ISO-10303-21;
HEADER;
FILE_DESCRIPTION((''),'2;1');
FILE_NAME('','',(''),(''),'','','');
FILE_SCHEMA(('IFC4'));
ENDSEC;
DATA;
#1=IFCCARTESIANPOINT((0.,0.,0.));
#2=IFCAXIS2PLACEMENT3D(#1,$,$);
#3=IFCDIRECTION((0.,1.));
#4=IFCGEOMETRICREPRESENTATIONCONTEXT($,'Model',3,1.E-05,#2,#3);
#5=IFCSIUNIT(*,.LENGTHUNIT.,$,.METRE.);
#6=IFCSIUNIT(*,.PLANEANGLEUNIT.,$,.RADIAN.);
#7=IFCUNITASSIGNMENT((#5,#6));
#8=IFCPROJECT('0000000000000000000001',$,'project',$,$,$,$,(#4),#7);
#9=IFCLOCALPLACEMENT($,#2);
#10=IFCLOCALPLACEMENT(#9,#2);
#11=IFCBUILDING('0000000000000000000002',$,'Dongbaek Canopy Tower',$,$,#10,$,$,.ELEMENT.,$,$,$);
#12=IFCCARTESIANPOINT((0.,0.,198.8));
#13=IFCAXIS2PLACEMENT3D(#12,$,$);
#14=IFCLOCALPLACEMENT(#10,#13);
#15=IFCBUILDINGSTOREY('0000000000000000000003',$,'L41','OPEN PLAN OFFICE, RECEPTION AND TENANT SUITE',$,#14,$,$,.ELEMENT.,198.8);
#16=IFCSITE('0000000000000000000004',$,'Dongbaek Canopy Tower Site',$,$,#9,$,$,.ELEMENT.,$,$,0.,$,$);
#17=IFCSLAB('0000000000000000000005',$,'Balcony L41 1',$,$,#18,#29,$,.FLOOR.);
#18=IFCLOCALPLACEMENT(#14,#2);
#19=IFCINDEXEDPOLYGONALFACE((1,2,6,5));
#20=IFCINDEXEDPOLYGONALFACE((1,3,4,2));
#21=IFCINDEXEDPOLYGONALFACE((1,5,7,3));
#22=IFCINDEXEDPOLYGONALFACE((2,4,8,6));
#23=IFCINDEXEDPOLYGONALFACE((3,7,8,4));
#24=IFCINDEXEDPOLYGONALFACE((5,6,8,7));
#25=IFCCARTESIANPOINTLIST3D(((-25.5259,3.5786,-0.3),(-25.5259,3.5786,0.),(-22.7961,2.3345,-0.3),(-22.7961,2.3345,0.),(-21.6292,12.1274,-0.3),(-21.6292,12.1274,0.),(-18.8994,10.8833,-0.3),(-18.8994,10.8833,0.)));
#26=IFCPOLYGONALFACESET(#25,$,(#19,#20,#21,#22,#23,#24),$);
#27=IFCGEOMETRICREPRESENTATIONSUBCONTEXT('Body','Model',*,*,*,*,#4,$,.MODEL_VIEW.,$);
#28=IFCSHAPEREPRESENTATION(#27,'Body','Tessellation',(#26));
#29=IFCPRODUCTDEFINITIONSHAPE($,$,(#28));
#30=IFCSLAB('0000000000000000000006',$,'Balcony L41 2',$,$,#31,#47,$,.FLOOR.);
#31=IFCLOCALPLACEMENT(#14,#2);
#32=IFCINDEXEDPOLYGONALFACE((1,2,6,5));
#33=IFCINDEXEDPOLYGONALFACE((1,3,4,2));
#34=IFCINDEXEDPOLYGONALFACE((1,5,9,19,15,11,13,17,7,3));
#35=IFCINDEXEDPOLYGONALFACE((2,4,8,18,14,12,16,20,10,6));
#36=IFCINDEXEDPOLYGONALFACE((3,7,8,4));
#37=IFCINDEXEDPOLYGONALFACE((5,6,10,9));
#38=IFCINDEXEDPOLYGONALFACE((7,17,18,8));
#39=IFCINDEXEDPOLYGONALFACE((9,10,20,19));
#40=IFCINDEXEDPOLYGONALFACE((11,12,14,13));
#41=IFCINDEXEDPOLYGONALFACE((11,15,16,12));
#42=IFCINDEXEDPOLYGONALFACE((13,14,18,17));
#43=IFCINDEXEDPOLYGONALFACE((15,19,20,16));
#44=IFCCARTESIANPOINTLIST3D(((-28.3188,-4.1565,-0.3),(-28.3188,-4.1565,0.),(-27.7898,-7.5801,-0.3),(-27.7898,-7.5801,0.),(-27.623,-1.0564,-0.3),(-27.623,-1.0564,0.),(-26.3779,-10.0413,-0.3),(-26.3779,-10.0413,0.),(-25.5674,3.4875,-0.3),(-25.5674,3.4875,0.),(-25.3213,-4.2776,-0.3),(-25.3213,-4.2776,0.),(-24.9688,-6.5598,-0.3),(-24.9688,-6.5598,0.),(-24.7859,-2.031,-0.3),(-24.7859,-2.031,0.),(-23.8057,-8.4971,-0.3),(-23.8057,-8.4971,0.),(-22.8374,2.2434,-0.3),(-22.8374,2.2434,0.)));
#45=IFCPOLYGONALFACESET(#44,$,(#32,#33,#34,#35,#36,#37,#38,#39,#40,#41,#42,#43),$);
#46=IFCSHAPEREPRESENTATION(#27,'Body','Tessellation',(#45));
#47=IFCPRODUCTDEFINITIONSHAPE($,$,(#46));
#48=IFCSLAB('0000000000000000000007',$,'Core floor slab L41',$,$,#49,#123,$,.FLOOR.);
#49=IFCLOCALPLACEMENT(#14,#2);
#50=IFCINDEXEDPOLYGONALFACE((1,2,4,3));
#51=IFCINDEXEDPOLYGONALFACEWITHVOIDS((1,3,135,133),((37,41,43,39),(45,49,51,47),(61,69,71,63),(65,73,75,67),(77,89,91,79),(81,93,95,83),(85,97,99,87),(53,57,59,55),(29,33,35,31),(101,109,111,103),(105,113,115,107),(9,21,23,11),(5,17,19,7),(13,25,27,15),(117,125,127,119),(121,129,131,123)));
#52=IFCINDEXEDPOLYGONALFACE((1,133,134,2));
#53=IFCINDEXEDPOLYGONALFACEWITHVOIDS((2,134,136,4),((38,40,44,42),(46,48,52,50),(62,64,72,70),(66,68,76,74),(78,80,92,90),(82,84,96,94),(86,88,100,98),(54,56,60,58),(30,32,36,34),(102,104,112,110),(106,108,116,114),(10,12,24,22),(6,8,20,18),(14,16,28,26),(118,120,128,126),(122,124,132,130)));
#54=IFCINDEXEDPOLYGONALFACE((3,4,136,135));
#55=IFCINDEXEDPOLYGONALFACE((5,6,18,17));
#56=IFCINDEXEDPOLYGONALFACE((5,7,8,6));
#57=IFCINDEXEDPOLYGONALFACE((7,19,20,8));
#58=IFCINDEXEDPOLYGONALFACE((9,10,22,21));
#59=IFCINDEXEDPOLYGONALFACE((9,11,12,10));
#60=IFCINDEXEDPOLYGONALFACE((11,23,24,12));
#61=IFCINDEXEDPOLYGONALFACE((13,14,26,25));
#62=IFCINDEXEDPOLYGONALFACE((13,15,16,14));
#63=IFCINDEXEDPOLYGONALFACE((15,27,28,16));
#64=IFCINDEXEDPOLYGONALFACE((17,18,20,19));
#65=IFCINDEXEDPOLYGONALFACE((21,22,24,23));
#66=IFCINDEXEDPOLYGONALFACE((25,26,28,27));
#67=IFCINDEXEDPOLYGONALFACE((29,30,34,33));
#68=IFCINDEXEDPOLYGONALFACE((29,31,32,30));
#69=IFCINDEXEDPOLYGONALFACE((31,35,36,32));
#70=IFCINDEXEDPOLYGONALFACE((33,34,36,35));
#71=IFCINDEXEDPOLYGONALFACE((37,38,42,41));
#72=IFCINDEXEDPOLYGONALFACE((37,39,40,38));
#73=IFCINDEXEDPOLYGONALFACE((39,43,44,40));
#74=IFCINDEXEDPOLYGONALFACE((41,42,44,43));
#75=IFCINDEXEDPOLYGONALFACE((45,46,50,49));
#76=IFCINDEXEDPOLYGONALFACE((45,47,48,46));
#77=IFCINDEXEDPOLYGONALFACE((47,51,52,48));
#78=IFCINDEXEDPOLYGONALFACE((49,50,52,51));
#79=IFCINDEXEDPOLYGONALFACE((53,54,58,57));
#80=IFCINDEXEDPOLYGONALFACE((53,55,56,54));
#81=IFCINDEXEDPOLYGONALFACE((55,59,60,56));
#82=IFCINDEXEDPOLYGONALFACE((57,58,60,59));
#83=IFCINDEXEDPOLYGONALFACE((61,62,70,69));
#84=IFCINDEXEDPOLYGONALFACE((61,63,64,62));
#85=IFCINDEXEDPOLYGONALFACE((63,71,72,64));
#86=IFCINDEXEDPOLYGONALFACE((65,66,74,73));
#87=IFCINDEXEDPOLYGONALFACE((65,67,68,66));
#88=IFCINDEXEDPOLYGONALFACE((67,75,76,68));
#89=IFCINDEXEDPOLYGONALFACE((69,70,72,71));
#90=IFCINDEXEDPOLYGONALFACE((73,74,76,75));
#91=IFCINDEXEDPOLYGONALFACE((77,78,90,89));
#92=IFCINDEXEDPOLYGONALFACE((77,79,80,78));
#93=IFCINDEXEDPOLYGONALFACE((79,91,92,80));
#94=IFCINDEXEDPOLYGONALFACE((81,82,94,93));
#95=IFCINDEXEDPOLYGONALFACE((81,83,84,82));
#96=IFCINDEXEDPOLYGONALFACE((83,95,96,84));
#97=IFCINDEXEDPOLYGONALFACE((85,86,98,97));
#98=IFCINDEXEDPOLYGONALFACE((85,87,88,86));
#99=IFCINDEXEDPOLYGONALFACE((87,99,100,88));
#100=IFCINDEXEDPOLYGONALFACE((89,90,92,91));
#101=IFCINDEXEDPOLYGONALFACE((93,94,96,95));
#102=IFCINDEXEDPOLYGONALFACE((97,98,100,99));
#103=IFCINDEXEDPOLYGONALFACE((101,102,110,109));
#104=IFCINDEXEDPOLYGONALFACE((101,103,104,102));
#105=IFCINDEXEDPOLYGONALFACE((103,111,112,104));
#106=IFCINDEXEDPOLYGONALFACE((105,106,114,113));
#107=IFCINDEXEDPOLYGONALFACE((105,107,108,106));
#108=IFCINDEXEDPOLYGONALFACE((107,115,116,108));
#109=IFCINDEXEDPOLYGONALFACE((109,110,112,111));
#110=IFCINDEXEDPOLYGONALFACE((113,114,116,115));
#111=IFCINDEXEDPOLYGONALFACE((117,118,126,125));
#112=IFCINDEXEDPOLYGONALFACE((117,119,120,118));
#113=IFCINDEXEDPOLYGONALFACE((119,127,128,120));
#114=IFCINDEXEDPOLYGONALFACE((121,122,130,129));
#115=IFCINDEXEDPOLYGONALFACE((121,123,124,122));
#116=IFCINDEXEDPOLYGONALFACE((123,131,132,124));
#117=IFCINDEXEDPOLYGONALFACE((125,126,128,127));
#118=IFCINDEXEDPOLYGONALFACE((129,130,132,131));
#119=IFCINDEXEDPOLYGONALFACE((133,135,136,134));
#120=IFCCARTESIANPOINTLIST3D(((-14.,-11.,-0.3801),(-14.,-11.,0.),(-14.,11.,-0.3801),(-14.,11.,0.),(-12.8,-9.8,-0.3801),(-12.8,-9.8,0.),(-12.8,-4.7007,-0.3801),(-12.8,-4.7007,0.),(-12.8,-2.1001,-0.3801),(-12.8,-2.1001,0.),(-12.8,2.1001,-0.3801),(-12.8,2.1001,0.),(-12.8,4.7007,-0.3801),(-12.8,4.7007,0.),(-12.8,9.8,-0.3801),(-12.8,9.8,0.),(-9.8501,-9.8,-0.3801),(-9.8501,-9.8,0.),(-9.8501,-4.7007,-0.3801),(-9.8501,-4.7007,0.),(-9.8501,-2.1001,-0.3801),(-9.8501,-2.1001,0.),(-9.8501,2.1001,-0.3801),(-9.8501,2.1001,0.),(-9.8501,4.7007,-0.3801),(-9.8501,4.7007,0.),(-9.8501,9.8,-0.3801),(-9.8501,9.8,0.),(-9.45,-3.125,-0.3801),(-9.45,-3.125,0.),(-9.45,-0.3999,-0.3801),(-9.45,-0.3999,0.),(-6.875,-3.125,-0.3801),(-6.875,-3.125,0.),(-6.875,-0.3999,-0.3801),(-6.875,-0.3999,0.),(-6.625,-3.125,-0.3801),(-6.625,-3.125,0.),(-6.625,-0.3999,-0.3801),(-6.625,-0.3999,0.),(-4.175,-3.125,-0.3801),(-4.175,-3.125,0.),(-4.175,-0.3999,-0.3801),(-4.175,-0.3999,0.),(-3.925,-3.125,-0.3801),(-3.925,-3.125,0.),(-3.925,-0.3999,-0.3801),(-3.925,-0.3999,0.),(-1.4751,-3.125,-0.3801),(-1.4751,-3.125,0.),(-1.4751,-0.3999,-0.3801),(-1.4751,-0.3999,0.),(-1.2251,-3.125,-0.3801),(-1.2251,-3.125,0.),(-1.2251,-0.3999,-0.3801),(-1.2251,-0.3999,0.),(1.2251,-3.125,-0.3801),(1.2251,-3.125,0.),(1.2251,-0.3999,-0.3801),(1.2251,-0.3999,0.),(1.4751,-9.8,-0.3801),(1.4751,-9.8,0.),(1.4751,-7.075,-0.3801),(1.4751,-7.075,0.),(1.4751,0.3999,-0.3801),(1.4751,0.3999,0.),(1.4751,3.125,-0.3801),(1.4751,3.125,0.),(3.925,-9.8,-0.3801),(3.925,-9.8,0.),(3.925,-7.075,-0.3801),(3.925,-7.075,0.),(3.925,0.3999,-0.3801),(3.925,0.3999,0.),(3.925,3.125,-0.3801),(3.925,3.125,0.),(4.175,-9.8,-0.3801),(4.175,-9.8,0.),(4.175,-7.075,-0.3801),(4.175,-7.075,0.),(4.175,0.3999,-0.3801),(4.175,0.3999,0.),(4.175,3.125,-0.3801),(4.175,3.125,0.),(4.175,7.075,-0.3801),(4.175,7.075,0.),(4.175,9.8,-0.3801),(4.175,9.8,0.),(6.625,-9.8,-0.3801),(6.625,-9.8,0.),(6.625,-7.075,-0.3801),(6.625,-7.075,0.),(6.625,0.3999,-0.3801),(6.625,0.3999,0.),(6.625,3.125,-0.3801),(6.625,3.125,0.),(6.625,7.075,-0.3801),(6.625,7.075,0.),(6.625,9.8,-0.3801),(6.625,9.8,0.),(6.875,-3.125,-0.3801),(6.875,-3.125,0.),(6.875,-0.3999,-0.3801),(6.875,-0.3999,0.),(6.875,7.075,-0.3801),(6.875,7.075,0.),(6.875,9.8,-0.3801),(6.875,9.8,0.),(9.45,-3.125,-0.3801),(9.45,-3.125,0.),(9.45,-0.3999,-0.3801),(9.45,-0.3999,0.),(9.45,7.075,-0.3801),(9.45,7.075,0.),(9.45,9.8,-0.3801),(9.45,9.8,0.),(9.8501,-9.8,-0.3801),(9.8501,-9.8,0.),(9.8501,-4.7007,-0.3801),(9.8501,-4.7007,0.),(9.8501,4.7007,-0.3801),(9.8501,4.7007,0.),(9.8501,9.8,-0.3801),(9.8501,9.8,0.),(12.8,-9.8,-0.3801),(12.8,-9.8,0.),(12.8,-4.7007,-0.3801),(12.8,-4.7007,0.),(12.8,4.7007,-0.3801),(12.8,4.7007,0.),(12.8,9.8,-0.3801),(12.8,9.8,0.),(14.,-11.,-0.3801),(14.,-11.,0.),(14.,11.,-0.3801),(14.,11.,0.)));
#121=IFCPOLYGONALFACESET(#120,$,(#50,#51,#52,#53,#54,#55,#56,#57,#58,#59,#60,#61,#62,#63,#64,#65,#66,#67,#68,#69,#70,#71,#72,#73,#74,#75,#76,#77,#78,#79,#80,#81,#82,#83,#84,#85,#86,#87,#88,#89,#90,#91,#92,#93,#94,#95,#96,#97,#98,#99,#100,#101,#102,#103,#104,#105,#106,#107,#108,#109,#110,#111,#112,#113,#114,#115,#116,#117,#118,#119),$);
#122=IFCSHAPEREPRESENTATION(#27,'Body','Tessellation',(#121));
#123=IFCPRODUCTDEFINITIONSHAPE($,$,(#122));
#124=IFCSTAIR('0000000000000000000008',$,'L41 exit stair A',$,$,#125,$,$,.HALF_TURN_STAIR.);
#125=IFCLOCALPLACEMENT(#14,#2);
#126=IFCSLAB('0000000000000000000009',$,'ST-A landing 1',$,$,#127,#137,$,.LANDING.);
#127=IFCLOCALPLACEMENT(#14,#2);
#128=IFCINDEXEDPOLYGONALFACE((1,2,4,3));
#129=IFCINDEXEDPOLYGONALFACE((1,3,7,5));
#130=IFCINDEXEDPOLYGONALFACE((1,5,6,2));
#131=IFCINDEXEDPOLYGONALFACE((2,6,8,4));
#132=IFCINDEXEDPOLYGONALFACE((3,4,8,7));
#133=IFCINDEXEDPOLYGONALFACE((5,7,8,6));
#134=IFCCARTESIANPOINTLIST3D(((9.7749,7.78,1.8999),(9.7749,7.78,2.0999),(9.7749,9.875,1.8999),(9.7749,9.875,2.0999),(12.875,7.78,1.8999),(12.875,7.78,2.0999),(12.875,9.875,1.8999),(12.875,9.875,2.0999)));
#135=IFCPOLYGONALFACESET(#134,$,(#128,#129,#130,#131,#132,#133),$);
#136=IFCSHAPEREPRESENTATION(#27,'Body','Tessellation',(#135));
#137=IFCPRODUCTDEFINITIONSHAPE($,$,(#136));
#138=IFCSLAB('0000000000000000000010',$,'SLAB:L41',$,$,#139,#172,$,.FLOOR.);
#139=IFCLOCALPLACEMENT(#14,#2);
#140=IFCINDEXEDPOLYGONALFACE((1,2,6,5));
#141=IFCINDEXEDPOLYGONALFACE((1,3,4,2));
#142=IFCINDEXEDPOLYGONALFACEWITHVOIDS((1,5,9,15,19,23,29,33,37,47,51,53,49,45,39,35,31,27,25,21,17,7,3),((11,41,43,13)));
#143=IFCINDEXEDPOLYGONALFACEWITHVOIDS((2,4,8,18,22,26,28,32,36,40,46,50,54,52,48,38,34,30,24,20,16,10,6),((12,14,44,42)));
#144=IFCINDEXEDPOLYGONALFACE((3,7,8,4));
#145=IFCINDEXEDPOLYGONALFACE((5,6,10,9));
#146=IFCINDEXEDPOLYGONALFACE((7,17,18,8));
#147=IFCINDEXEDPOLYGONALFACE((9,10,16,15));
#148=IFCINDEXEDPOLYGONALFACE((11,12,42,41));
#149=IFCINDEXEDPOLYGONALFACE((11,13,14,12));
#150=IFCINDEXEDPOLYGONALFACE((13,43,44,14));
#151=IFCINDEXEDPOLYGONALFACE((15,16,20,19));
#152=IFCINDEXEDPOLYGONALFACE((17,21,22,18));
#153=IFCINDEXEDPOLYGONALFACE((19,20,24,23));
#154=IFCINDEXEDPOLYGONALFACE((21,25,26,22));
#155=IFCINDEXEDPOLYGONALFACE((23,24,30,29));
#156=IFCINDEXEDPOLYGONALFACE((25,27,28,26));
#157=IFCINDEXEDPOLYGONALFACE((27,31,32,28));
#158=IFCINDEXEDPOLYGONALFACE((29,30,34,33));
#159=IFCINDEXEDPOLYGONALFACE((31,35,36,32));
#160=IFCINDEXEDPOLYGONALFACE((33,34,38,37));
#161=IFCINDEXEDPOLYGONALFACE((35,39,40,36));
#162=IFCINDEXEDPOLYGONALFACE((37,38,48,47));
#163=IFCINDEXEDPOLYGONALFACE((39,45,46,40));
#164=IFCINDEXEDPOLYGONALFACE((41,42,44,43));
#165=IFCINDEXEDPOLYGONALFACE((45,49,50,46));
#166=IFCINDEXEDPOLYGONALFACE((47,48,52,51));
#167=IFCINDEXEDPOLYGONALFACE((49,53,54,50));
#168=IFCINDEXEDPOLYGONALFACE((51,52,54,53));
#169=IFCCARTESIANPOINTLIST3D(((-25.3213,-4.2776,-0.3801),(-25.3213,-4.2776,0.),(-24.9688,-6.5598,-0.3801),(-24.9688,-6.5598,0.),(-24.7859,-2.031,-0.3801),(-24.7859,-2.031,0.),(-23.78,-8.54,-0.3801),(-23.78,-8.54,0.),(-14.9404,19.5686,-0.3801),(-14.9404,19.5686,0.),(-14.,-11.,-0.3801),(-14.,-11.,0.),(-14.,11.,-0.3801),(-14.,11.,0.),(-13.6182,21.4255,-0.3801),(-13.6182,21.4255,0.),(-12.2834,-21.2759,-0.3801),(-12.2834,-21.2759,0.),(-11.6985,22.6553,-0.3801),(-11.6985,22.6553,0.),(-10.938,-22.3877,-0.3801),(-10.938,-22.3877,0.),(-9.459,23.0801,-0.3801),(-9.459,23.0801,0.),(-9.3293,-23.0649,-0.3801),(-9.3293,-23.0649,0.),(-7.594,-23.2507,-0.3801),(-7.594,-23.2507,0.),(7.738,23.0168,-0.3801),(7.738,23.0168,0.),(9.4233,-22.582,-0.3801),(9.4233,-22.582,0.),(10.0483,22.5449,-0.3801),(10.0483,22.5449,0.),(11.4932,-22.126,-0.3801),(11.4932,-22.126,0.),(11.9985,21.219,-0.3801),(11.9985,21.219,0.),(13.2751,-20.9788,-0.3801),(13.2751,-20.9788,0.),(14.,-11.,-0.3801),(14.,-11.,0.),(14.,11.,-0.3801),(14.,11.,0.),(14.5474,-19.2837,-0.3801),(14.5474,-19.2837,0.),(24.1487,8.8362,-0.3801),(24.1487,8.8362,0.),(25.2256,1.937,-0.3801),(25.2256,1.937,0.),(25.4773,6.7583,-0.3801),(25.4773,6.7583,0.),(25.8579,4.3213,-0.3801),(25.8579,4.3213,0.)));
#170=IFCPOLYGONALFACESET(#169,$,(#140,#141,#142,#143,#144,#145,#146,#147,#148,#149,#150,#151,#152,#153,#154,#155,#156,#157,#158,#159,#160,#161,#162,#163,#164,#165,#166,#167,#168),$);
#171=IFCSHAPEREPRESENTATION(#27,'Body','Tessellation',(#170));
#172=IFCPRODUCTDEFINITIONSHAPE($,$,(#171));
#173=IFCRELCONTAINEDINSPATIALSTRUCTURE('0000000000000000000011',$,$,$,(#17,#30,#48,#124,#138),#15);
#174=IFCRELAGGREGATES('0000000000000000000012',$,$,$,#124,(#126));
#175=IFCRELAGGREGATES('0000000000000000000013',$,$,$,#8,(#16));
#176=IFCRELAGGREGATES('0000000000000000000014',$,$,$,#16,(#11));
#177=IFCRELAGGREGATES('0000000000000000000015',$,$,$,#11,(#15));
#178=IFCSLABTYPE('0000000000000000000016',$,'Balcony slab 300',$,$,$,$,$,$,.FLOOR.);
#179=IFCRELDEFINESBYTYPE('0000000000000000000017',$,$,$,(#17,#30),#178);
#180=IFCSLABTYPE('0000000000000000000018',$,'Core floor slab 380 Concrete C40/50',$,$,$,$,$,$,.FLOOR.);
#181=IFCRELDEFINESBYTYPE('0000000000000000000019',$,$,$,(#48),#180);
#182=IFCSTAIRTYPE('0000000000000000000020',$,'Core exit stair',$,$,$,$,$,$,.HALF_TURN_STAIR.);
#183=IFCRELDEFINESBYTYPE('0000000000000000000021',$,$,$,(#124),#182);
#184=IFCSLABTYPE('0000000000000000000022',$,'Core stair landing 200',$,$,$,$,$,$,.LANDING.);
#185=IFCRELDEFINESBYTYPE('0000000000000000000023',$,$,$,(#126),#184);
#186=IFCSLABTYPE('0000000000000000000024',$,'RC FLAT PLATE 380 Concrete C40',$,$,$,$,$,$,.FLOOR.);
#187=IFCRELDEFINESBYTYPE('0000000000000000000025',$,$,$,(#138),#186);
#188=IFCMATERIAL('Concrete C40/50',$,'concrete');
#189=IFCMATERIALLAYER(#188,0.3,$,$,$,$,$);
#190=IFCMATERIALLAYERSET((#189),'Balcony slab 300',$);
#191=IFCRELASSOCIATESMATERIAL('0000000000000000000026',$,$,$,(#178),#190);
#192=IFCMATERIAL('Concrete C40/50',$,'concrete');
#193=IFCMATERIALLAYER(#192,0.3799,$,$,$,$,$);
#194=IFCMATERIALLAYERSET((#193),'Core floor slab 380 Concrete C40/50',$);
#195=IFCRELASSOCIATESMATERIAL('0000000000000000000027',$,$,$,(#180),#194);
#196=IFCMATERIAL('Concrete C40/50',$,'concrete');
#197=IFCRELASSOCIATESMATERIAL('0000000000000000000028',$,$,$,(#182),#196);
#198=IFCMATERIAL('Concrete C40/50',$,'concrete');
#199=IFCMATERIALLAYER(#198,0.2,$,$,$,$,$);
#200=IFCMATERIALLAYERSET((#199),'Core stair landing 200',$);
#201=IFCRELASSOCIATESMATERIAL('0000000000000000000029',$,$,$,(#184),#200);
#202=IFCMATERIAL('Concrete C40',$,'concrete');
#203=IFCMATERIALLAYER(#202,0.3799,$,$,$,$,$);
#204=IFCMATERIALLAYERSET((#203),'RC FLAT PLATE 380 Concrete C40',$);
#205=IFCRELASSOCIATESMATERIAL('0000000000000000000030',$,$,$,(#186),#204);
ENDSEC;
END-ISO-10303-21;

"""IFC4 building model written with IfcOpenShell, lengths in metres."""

from ifc_helpers import new_model, si_unit, direction, frame, origin, place, context, subcontext, project, spatial, polyline, outline, extrude, material, layer, layer_set, type_object, element, aggregate, save


model = new_model("IFC4")

# Units and contexts
model_context = context("Model", 3, precision=1e-05, world=origin(), true_north=direction((0.0, 1.0)))
body_context = subcontext(model_context, "Body", "Model", "MODEL_VIEW")
ifc_project = project(units=[si_unit("LENGTHUNIT", "METRE"), si_unit("PLANEANGLEUNIT", "RADIAN")], contexts=[model_context])

# Site, building, storey
site_placement = place(None, origin())
site = spatial("IfcSite", under=ifc_project, at=site_placement, Name="Dongbaek Canopy Tower Site", CompositionType="ELEMENT", RefElevation=0.0)
building_placement = place(site_placement, origin())
building = spatial("IfcBuilding", under=site, at=building_placement, Name="Dongbaek Canopy Tower", CompositionType="ELEMENT")
storey_placement = place(building_placement, frame((0.0, 0.0, 198.8)))
storey = spatial("IfcBuildingStorey", under=building, at=storey_placement, Name="L41", Description="OPEN PLAN OFFICE, RECEPTION AND TENANT SUITE", CompositionType="ELEMENT", Elevation=198.8)

# Slabs
ifc_material_1 = material(Name="Concrete C40/50", Category="concrete")
ifc_layer_1 = layer(ifc_material_1, 0.3)
ifc_layer_set_1 = layer_set([ifc_layer_1], Name="Balcony slab 300")
slab_type_1 = type_object("IfcSlabType", Name="Balcony slab 300", PredefinedType="FLOOR", material=ifc_layer_set_1)
slab_1_placement = place(storey_placement, frame((0.0, 0.0, -0.3)))
element("IfcSlab", 1, at=slab_1_placement, inside=storey, type_object=slab_type_1, Name="Balcony L41 1", PredefinedType="FLOOR", context=body_context, shape_type="SweptSolid", body=[
    extrude(outline(polyline([(-18.8994, 10.8833), (-22.7961, 2.3345), (-25.5259, 3.5786), (-21.6292, 12.1274), (-18.8994, 10.8833)])), origin(), (0.0, 0.0, 1.0), 0.3),
])
slab_2_placement = place(storey_placement, frame((0.0, 0.0, -0.3)))
element("IfcSlab", 2, at=slab_2_placement, inside=storey, type_object=slab_type_1, Name="Balcony L41 2", PredefinedType="FLOOR", context=body_context, shape_type="SweptSolid", body=[
    extrude(outline(polyline([(-22.8374, 2.2434), (-24.7859, -2.031), (-25.3213, -4.2776), (-24.9688, -6.5598), (-23.8057, -8.4971), (-26.3779, -10.0413), (-27.7898, -7.5801), (-28.3188, -4.1565), (-27.623, -1.0564), (-25.5674, 3.4875), (-22.8374, 2.2434)])), origin(), (0.0, 0.0, 1.0), 0.3),
])
ifc_material_2 = material(Name="Concrete C40/50", Category="concrete")
ifc_layer_2 = layer(ifc_material_2, 0.3799)
ifc_layer_set_2 = layer_set([ifc_layer_2], Name="Core floor slab 380 Concrete C40/50")
slab_type_2 = type_object("IfcSlabType", Name="Core floor slab 380 Concrete C40/50", PredefinedType="FLOOR", material=ifc_layer_set_2)
slab_3_placement = place(storey_placement, frame((0.0, 0.0, -0.3801)))
element("IfcSlab", 3, at=slab_3_placement, inside=storey, type_object=slab_type_2, Name="Core floor slab L41", PredefinedType="FLOOR", context=body_context, shape_type="SweptSolid", body=[
    extrude(outline(polyline([(14.0, -11.0), (14.0, 11.0), (-14.0, 11.0), (-14.0, -11.0), (14.0, -11.0)]), holes=[polyline([(-12.8, 2.1001), (-9.8501, 2.1001), (-9.8501, -2.1001), (-12.8, -2.1001), (-12.8, 2.1001)]), polyline([(6.625, 9.8), (6.625, 7.075), (4.175, 7.075), (4.175, 9.8), (6.625, 9.8)]), polyline([(9.45, 7.075), (6.875, 7.075), (6.875, 9.8), (9.45, 9.8), (9.45, 7.075)]), polyline([(1.4751, 0.3999), (1.4751, 3.125), (3.925, 3.125), (3.925, 0.3999), (1.4751, 0.3999)]), polyline([(4.175, 0.3999), (4.175, 3.125), (6.625, 3.125), (6.625, 0.3999), (4.175, 0.3999)]), polyline([(-9.45, -0.3999), (-6.875, -0.3999), (-6.875, -3.125), (-9.45, -3.125), (-9.45, -0.3999)]), polyline([(-6.625, -3.125), (-6.625, -0.3999), (-4.175, -0.3999), (-4.175, -3.125), (-6.625, -3.125)]), polyline([(-3.925, -3.125), (-3.925, -0.3999), (-1.4751, -0.3999), (-1.4751, -3.125), (-3.925, -3.125)]), polyline([(-1.2251, -3.125), (-1.2251, -0.3999), (1.2251, -0.3999), (1.2251, -3.125), (-1.2251, -3.125)]), polyline([(9.45, -3.125), (6.875, -3.125), (6.875, -0.3999), (9.45, -0.3999), (9.45, -3.125)]), polyline([(1.4751, -9.8), (1.4751, -7.075), (3.925, -7.075), (3.925, -9.8), (1.4751, -9.8)]), polyline([(4.175, -9.8), (4.175, -7.075), (6.625, -7.075), (6.625, -9.8), (4.175, -9.8)]), polyline([(12.8, 4.7007), (12.8, 9.8), (9.8501, 9.8), (9.8501, 4.7007), (12.8, 4.7007)]), polyline([(-9.8501, 4.7007), (-9.8501, 9.8), (-12.8, 9.8), (-12.8, 4.7007), (-9.8501, 4.7007)]), polyline([(9.8501, -4.7007), (9.8501, -9.8), (12.8, -9.8), (12.8, -4.7007), (9.8501, -4.7007)]), polyline([(-12.8, -4.7007), (-12.8, -9.8), (-9.8501, -9.8), (-9.8501, -4.7007), (-12.8, -4.7007)])]), origin(), (0.0, 0.0, 1.0), 0.3801),
])

# Stair, slab
ifc_material_3 = material(Name="Concrete C40/50", Category="concrete")
stair_type = type_object("IfcStairType", Name="Core exit stair", PredefinedType="HALF_TURN_STAIR", material=ifc_material_3)
stair_1_placement = place(storey_placement, origin())
stair_1 = element("IfcStair", 4, at=stair_1_placement, inside=storey, type_object=stair_type, Name="L41 exit stair A", PredefinedType="HALF_TURN_STAIR")
ifc_material_4 = material(Name="Concrete C40/50", Category="concrete")
ifc_layer_3 = layer(ifc_material_4, 0.2)
ifc_layer_set_3 = layer_set([ifc_layer_3], Name="Core stair landing 200")
slab_type_3 = type_object("IfcSlabType", Name="Core stair landing 200", PredefinedType="LANDING", material=ifc_layer_set_3)
slab_4_placement = place(storey_placement, frame((0.0, 0.0, 1.8999)))
slab_4 = element("IfcSlab", 5, at=slab_4_placement, type_object=slab_type_3, Name="ST-A landing 1", PredefinedType="LANDING", context=body_context, shape_type="SweptSolid", body=[
    extrude(outline(polyline([(12.875, 7.78), (12.875, 9.875), (9.7749, 9.875), (9.7749, 7.78), (12.875, 7.78)])), origin(), (0.0, 0.0, 1.0), 0.2),
])
aggregate(stair_1, [slab_4])

# Slab
ifc_material_5 = material(Name="Concrete C40", Category="concrete")
ifc_layer_4 = layer(ifc_material_5, 0.3799)
ifc_layer_set_4 = layer_set([ifc_layer_4], Name="RC FLAT PLATE 380 Concrete C40")
slab_type_4 = type_object("IfcSlabType", Name="RC FLAT PLATE 380 Concrete C40", PredefinedType="FLOOR", material=ifc_layer_set_4)
slab_5_placement = place(storey_placement, frame((0.0, 0.0, -0.3801)))
element("IfcSlab", 6, at=slab_5_placement, inside=storey, type_object=slab_type_4, Name="SLAB:L41", PredefinedType="FLOOR", context=body_context, shape_type="SweptSolid", body=[
    extrude(outline(polyline([(14.5474, -19.2837), (13.2751, -20.9788), (11.4932, -22.126), (9.4233, -22.582), (-7.594, -23.2507), (-9.3293, -23.0649), (-10.938, -22.3877), (-12.2834, -21.2759), (-23.78, -8.54), (-24.9688, -6.5598), (-25.3213, -4.2776), (-24.7859, -2.031), (-14.9404, 19.5686), (-13.6182, 21.4255), (-11.6985, 22.6553), (-9.459, 23.0801), (7.738, 23.0168), (10.0483, 22.5449), (11.9985, 21.219), (24.1487, 8.8362), (25.4773, 6.7583), (25.8579, 4.3213), (25.2256, 1.937), (14.5474, -19.2837)]), holes=[polyline([(14.0, 11.0), (-14.0, 11.0), (-14.0, -11.0), (14.0, -11.0), (14.0, 11.0)])]), origin(), (0.0, 0.0, 1.0), 0.3801),
])

save(model, "model.ifc")
